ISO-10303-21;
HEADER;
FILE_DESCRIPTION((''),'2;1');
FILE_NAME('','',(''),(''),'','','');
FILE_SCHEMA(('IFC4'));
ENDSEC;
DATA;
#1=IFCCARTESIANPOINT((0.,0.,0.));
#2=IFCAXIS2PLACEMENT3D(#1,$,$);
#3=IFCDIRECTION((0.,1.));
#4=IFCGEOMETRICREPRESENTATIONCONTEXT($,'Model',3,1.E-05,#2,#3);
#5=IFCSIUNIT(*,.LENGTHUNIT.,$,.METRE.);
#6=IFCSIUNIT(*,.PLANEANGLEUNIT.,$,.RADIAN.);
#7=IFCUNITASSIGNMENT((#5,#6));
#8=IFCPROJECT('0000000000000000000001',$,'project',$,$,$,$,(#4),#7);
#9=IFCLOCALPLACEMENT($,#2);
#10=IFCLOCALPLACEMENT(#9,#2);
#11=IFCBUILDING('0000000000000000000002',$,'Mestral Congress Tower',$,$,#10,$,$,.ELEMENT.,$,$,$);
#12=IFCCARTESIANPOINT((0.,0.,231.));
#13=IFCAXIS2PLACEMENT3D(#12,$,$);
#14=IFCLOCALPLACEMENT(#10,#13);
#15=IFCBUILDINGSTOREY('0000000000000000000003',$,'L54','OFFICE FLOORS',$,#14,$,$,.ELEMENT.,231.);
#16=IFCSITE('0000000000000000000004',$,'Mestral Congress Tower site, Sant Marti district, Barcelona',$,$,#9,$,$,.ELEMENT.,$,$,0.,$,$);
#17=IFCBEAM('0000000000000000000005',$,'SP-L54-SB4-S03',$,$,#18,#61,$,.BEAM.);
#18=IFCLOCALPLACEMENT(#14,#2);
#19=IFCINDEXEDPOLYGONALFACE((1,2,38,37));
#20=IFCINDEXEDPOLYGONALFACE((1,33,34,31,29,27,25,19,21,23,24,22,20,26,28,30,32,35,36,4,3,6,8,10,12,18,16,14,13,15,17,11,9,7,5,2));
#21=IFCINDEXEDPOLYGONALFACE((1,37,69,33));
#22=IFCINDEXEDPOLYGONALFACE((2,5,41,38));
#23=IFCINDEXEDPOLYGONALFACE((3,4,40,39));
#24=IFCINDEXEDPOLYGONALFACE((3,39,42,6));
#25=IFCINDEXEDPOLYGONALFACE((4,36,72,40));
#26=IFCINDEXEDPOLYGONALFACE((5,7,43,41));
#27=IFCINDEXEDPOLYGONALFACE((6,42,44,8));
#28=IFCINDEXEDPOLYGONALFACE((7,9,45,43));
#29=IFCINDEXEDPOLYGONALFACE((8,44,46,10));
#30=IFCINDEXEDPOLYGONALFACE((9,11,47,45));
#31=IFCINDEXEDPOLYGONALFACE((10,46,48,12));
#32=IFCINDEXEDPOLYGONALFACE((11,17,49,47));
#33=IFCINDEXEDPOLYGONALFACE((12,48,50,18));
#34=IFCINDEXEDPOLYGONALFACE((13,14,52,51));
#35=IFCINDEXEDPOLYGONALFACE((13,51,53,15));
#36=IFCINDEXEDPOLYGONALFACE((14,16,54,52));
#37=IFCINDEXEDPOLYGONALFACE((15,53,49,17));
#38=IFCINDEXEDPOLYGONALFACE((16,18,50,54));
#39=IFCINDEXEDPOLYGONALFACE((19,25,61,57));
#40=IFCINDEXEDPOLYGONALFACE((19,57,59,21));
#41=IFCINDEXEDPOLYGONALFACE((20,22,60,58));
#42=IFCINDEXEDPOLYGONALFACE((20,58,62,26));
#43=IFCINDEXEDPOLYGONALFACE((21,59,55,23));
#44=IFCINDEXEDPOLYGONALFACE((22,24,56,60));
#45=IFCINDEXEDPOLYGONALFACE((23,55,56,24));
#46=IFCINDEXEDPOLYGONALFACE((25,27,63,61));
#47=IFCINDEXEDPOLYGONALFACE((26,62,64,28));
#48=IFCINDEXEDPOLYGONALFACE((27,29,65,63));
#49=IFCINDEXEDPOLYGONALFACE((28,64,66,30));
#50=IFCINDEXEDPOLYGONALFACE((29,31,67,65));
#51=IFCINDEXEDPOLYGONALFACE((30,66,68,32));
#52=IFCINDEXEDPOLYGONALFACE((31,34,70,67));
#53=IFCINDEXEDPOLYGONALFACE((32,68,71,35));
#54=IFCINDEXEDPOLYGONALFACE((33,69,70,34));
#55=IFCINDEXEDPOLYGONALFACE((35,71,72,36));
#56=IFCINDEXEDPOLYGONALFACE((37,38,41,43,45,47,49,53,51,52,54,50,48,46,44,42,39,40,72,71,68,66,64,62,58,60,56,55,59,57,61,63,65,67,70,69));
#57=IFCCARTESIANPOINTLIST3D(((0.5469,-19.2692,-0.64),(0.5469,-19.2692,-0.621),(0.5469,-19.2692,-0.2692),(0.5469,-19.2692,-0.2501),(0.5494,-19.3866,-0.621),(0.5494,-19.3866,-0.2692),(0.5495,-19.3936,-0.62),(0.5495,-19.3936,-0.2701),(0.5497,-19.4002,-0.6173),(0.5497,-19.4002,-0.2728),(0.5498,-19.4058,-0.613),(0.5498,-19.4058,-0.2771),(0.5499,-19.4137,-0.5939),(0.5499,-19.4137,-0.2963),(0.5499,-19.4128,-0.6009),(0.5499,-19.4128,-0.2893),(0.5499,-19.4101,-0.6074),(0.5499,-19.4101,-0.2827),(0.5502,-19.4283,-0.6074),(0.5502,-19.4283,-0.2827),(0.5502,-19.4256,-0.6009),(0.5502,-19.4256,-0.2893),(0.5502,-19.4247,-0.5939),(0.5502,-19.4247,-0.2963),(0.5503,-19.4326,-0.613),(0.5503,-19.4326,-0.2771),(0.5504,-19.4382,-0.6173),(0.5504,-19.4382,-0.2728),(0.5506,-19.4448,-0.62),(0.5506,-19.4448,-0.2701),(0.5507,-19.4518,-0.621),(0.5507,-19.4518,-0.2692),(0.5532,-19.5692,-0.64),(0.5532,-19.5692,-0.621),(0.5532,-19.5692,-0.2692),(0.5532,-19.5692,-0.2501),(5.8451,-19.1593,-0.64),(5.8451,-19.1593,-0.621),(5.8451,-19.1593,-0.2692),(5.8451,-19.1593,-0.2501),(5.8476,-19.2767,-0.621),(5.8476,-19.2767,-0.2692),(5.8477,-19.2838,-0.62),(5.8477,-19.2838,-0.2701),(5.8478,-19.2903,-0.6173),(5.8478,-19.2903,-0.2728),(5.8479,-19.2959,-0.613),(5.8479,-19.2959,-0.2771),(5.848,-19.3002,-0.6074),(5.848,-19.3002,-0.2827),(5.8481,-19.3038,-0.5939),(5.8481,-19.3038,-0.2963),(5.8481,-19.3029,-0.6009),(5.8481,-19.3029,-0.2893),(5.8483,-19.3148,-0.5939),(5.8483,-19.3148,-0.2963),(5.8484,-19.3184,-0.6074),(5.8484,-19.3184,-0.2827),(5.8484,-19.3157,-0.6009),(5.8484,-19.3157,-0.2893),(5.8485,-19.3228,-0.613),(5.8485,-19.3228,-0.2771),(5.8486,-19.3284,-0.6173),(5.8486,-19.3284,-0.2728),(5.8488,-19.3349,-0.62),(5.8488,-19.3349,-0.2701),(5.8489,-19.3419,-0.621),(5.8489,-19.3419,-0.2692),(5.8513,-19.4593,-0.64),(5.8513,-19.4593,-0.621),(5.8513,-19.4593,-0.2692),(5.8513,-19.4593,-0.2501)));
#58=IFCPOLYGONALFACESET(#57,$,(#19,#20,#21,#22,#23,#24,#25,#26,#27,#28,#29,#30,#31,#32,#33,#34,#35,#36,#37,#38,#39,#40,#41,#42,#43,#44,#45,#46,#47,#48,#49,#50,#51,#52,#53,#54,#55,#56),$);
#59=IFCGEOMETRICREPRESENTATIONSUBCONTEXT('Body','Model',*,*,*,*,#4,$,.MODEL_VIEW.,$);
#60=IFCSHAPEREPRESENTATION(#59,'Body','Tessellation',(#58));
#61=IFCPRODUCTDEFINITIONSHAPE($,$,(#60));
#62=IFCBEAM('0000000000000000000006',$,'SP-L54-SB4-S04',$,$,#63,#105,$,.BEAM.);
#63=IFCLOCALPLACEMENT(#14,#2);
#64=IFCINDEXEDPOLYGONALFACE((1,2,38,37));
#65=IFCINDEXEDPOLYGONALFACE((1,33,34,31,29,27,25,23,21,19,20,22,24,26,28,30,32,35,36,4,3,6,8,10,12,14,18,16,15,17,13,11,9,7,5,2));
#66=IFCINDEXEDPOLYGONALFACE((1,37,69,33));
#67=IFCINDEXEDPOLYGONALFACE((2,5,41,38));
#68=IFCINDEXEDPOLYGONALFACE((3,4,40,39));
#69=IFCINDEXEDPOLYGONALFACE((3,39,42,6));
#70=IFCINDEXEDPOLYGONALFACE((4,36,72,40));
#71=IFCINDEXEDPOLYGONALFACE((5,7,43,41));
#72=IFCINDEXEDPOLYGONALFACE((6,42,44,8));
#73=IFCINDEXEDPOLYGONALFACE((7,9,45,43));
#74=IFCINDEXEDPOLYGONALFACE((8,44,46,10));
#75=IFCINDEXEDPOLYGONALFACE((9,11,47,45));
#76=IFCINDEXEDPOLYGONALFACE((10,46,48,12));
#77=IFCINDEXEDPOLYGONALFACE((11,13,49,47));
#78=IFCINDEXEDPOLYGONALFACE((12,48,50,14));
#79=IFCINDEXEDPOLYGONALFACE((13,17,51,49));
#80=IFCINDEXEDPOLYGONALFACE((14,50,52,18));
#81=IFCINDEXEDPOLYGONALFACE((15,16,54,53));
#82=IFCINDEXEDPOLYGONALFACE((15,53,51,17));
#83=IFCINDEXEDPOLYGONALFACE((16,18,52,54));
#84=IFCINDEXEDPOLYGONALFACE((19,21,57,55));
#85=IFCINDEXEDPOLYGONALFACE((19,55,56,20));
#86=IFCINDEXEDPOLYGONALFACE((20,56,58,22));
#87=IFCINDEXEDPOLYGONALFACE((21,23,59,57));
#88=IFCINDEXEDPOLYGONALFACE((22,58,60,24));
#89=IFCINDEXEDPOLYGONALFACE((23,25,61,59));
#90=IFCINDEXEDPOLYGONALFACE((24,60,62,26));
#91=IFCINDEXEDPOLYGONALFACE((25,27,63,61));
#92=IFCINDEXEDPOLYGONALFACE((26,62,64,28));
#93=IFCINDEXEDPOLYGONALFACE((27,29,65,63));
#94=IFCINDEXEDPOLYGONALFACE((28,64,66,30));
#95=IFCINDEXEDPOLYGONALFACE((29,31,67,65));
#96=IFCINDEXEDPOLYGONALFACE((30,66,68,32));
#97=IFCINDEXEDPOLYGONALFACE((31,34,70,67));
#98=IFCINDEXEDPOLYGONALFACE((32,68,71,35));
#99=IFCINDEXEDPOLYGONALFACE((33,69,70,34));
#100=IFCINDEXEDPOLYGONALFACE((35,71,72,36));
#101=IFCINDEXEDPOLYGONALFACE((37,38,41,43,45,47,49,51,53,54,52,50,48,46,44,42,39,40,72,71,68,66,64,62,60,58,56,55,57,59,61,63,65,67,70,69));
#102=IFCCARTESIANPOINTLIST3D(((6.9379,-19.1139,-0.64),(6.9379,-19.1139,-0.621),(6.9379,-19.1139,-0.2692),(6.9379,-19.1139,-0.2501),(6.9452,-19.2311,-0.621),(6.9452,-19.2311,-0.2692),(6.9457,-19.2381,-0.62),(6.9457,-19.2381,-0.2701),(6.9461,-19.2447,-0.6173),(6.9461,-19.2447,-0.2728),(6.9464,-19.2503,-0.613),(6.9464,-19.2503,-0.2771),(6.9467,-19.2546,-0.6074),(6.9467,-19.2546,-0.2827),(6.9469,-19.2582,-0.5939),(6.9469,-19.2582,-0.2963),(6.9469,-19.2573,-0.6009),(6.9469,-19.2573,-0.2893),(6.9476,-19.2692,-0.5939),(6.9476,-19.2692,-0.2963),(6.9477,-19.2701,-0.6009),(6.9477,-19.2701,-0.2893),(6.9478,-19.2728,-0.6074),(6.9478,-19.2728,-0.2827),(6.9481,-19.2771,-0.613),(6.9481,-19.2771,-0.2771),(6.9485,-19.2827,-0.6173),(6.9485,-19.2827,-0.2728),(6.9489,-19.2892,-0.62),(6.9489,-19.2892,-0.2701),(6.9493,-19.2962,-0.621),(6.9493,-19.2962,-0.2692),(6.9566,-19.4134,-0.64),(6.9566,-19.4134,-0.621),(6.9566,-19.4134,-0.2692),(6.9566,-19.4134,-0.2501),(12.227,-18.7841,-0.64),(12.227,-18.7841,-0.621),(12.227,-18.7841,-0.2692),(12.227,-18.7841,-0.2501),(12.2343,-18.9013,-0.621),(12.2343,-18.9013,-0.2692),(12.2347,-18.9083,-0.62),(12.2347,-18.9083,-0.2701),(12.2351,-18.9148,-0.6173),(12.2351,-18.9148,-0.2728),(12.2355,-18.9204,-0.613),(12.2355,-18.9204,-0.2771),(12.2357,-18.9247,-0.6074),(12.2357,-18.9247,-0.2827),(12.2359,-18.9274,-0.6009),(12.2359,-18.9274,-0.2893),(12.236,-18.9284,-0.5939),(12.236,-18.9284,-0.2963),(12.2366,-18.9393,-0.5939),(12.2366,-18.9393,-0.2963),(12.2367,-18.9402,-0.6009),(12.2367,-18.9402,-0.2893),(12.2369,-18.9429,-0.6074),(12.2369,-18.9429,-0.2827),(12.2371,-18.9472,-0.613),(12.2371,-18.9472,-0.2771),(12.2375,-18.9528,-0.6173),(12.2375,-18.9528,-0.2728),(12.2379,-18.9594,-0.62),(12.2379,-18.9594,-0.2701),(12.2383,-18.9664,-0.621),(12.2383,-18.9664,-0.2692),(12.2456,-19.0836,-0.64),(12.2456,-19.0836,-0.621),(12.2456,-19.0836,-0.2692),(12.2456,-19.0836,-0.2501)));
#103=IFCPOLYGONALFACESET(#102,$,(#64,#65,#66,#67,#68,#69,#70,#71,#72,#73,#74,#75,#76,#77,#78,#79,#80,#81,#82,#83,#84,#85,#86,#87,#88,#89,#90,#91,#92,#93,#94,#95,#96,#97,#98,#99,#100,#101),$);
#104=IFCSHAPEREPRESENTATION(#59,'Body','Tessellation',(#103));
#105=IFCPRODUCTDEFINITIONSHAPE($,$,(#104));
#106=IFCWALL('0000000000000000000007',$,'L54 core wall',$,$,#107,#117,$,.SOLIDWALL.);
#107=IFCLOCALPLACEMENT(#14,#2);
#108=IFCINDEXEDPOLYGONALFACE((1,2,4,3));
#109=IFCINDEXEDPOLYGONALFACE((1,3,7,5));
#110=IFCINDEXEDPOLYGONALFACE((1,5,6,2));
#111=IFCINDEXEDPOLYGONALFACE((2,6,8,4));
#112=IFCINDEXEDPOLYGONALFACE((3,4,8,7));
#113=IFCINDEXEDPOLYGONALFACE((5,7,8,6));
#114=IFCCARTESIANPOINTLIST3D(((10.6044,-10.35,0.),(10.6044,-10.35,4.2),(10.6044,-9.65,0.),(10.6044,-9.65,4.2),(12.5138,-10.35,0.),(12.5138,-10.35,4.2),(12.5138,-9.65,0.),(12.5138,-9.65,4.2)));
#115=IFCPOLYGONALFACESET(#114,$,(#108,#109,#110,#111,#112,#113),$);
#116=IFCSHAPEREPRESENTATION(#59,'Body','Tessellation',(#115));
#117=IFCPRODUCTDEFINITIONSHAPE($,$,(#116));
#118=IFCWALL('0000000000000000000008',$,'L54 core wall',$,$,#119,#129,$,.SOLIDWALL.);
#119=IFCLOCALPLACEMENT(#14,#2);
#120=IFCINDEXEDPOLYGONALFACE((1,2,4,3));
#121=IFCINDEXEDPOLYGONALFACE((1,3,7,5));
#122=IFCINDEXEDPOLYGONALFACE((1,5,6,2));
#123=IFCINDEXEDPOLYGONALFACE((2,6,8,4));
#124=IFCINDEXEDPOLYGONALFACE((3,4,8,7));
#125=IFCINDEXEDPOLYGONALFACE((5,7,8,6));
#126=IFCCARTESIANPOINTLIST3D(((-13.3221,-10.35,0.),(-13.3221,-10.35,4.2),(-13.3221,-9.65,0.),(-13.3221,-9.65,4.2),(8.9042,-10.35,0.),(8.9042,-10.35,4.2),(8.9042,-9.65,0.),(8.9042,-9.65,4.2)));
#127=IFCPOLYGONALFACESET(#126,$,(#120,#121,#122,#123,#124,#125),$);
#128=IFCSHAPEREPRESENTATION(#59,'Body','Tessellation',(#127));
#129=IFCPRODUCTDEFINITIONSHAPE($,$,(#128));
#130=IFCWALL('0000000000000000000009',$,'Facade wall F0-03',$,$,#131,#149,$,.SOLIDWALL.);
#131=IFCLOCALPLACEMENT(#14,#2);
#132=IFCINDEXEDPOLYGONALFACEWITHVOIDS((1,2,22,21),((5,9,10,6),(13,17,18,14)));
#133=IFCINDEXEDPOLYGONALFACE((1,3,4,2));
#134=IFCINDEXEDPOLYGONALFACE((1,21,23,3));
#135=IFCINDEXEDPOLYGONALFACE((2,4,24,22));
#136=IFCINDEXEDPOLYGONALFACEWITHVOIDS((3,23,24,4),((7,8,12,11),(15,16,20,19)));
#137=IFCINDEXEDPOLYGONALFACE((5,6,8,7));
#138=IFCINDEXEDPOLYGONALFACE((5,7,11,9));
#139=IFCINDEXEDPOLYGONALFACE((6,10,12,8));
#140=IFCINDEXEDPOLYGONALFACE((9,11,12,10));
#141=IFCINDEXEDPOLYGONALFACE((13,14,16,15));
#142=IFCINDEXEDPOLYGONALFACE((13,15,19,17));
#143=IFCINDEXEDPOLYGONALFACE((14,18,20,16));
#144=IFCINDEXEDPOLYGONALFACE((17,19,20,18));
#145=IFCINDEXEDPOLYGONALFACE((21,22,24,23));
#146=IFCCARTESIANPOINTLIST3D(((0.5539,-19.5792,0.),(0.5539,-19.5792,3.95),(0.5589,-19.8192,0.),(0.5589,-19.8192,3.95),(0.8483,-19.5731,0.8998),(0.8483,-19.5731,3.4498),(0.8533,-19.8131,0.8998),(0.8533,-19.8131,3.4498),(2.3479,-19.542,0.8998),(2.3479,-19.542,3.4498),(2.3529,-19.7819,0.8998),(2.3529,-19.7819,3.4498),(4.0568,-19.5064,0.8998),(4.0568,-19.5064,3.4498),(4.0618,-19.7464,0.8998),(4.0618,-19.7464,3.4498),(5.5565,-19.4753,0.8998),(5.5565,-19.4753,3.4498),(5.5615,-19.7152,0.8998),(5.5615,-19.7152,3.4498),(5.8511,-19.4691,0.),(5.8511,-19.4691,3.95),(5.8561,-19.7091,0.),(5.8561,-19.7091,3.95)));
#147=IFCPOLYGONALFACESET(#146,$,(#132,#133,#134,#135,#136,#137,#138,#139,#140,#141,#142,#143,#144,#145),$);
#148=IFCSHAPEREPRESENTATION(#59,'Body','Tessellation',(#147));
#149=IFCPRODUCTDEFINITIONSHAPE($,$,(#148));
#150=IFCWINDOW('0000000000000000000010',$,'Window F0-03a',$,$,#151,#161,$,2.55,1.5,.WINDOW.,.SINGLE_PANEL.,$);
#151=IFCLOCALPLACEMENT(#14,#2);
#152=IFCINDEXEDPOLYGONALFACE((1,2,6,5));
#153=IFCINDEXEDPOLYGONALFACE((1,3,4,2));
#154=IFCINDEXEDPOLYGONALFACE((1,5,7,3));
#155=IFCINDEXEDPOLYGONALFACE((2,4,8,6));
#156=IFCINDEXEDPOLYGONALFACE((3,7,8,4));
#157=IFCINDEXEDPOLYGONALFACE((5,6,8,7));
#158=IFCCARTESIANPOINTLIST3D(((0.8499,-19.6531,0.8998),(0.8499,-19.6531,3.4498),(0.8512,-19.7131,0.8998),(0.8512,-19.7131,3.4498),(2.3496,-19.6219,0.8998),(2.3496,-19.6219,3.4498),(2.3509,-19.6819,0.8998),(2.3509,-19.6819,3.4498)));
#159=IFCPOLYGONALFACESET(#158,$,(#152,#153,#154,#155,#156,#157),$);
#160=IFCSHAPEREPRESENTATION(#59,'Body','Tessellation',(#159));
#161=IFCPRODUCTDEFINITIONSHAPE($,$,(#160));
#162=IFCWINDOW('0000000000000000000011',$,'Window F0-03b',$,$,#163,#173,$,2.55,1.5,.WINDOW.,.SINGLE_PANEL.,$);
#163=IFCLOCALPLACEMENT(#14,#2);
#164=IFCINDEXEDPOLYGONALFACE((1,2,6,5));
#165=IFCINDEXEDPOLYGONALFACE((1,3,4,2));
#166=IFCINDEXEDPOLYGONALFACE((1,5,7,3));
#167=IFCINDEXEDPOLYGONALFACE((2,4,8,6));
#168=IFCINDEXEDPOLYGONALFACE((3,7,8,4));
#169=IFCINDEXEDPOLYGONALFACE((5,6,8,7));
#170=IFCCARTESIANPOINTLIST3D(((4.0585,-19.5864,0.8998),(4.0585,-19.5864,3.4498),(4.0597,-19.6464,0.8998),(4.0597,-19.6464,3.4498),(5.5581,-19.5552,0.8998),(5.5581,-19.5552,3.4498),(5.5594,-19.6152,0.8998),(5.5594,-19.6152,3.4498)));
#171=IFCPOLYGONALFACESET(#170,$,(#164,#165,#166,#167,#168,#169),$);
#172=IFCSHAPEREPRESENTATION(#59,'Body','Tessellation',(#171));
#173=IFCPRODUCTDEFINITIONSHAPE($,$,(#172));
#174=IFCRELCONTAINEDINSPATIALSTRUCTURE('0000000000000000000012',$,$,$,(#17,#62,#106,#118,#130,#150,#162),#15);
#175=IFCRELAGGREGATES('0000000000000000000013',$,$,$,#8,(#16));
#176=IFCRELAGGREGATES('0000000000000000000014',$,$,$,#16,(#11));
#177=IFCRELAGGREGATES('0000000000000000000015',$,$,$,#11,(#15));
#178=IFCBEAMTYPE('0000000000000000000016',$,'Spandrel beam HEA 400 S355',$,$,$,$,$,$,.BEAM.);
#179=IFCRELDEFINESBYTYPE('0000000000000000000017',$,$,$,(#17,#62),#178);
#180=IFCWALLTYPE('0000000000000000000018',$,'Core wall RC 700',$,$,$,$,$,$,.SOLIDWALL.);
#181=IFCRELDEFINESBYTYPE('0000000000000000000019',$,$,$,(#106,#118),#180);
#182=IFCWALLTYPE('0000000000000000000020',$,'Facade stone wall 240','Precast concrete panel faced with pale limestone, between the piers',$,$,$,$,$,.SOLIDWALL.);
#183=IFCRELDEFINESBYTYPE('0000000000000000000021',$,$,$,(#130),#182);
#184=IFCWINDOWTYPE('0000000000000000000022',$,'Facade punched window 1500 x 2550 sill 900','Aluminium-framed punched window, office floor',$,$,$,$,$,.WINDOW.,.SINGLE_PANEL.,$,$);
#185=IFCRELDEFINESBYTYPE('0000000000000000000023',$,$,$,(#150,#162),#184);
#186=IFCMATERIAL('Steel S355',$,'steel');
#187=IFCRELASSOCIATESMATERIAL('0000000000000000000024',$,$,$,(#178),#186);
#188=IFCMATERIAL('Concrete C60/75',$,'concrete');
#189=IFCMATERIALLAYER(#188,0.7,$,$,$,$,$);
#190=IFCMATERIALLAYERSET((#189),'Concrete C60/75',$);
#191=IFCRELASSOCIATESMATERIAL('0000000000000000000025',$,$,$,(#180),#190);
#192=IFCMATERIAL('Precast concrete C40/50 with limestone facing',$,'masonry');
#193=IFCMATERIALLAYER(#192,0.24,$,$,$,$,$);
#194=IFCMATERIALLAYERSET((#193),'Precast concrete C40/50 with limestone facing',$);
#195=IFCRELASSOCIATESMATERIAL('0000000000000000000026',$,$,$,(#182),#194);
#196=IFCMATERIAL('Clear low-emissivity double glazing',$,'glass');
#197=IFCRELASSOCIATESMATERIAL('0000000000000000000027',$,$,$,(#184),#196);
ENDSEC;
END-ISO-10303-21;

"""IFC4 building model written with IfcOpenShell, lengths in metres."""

from ifc_helpers import new_model, si_unit, direction, frame, frame_2d, origin, origin_2d, place, context, subcontext, project, spatial, rectangle, i_section, extrude, material, layer, layer_set, material_profile, profile_set, type_object, element, fill, save


model = new_model("IFC4")

# Units and contexts
model_context = context("Model", 3, precision=1e-05, world=origin(), true_north=direction((0.0, 1.0)))
body_context = subcontext(model_context, "Body", "Model", "MODEL_VIEW")
ifc_project = project(units=[si_unit("LENGTHUNIT", "METRE"), si_unit("PLANEANGLEUNIT", "RADIAN")], contexts=[model_context])

# Site, building, storey
site_placement = place(None, origin())
site = spatial("IfcSite", under=ifc_project, at=site_placement, Name="Mestral Congress Tower site, Sant Marti district, Barcelona", CompositionType="ELEMENT", RefElevation=0.0)
building_placement = place(site_placement, origin())
building = spatial("IfcBuilding", under=site, at=building_placement, Name="Mestral Congress Tower", CompositionType="ELEMENT")
storey_placement = place(building_placement, frame((0.0, 0.0, 231.0)))
storey = spatial("IfcBuildingStorey", under=building, at=storey_placement, Name="L54", Description="OFFICE FLOORS", CompositionType="ELEMENT", Elevation=231.0)

# Shared definitions
ifc_material_1 = material(Name="Concrete C60/75", Category="concrete")

# Beams
ifc_material_2 = material(Name="Steel S355", Category="steel")
ifc_material_profile_1 = material_profile(ifc_material_2, i_section(OverallWidth=0.3, OverallDepth=0.3899, WebThickness=0.011, FlangeThickness=0.019, FilletRadius=0.0271, at=origin_2d()), Name="HEA 400")
ifc_profile_set_1 = profile_set([ifc_material_profile_1], Name="Steel S355")
beam_type_1 = type_object("IfcBeamType", Name="Spandrel beam HEA 400 S355", PredefinedType="BEAM", material=ifc_profile_set_1)
for number, where, z_axis, x_axis, name in (
    (1, (0.55, -19.4192, -0.4451), (0.999785, 0.020732, 0.0), (-0.020732, 0.999785, 0.0), "SP-L54-SB4-S03"),
    (2, (6.9473, -19.2637, -0.4451), (0.998061, 0.062241, 0.0), (-0.062241, 0.998061, 0.0), "SP-L54-SB4-S04"),
):
    element("IfcBeam", number, at=place(storey_placement, frame(where, z_axis=z_axis, x_axis=x_axis)), inside=storey, type_object=beam_type_1, Name=name, PredefinedType="BEAM", context=body_context, shape_type="SweptSolid", body=[
        extrude(i_section(OverallWidth=0.3, OverallDepth=0.3899, WebThickness=0.011, FlangeThickness=0.019, FilletRadius=0.0271, at=origin_2d()), origin(), (0.0, 0.0, 1.0), 5.2993),
    ])

# Walls
ifc_layer_1 = layer(ifc_material_1, 0.7)
ifc_layer_set_1 = layer_set([ifc_layer_1], Name="Concrete C60/75")
wall_type_1 = type_object("IfcWallType", Name="Core wall RC 700", PredefinedType="SOLIDWALL", material=ifc_layer_set_1)
wall_1_placement = place(storey_placement, frame((10.6045, -10.0, 0.0), z_axis=(0.0, 0.0, 1.0), x_axis=(1.0, 0.0, 0.0)))
element("IfcWall", 3, at=wall_1_placement, inside=storey, type_object=wall_type_1, Name="L54 core wall", PredefinedType="SOLIDWALL", context=body_context, shape_type="SweptSolid", body=[
    extrude(rectangle(XDim=1.9094, YDim=0.7, at=frame_2d((0.9546, 0.0))), origin(), (0.0, 0.0, 1.0), 4.2),
])
wall_2_placement = place(storey_placement, frame((8.9043, -10.0, 0.0), z_axis=(0.0, 0.0, 1.0), x_axis=(-1.0, 0.0, 0.0)))
element("IfcWall", 4, at=wall_2_placement, inside=storey, type_object=wall_type_1, Name="L54 core wall", PredefinedType="SOLIDWALL", context=body_context, shape_type="SweptSolid", body=[
    extrude(rectangle(XDim=22.2263, YDim=0.7, at=frame_2d((11.1133, 0.0))), origin(), (0.0, 0.0, 1.0), 4.2),
])

# Wall, openings, windows
ifc_material_3 = material(Name="Precast concrete C40/50 with limestone facing", Category="masonry")
ifc_layer_2 = layer(ifc_material_3, 0.24)
ifc_layer_set_2 = layer_set([ifc_layer_2], Name="Precast concrete C40/50 with limestone facing")
wall_type_2 = type_object("IfcWallType", Name="Facade stone wall 240", Description="Precast concrete panel faced with pale limestone, between the piers", PredefinedType="SOLIDWALL", material=ifc_layer_set_2)
wall_3_placement = place(storey_placement, frame((0.5564, -19.6992, 0.0), z_axis=(0.0, 0.0, 1.0), x_axis=(0.999784, 0.020782, 0.0)))
wall_3 = element("IfcWall", 5, at=wall_3_placement, inside=storey, type_object=wall_type_2, Name="Facade wall F0-03", PredefinedType="SOLIDWALL", context=body_context, shape_type="SweptSolid", body=[
    extrude(rectangle(XDim=5.2983, YDim=0.24, at=frame_2d((2.6492, 0.0))), origin(), (0.0, 0.0, 1.0), 3.95),
])
opening_1_placement = place(wall_3_placement, frame((0.2944, 0.0, 0.8999)))
opening_1 = element("IfcOpeningElement", 6, at=opening_1_placement, cuts=wall_3, PredefinedType="OPENING", context=body_context, shape_type="SweptSolid", body=[
    extrude(rectangle(XDim=1.5, YDim=2.55, at=frame_2d((0.75, 1.2749))), frame((0.0, 0.1299, 0.0), z_axis=(0.0, -1.0, 0.0), x_axis=(1.0, 0.0, 0.0)), (0.0, 0.0, 1.0), 0.26),
])
opening_2_placement = place(wall_3_placement, frame((3.5037, 0.0, 0.8999)))
opening_2 = element("IfcOpeningElement", 7, at=opening_2_placement, cuts=wall_3, PredefinedType="OPENING", context=body_context, shape_type="SweptSolid", body=[
    extrude(rectangle(XDim=1.5, YDim=2.55, at=frame_2d((0.75, 1.2749))), frame((0.0, 0.1299, 0.0), z_axis=(0.0, -1.0, 0.0), x_axis=(1.0, 0.0, 0.0)), (0.0, 0.0, 1.0), 0.26),
])
ifc_material_4 = material(Name="Clear low-emissivity double glazing", Category="glass")
window_type = type_object("IfcWindowType", Name="Facade punched window 1500 x 2550 sill 900", Description="Aluminium-framed punched window, office floor", PartitioningType="SINGLE_PANEL", PredefinedType="WINDOW", material=ifc_material_4)
window_1_placement = place(opening_1_placement, origin())
window_1 = element("IfcWindow", 8, at=window_1_placement, inside=storey, type_object=window_type, Name="Window F0-03a", OverallHeight=2.55, OverallWidth=1.5, PartitioningType="SINGLE_PANEL", PredefinedType="WINDOW", context=body_context, shape_type="SweptSolid", body=[
    extrude(rectangle(XDim=1.5, YDim=2.55, at=frame_2d((0.75, 1.2749))), frame((0.0, 0.04, 0.0), z_axis=(0.0, -1.0, 0.0), x_axis=(1.0, 0.0, 0.0)), (0.0, 0.0, 1.0), 0.0601),
])
fill(opening_1, window_1)
window_2_placement = place(opening_2_placement, origin())
window_2 = element("IfcWindow", 9, at=window_2_placement, inside=storey, type_object=window_type, Name="Window F0-03b", OverallHeight=2.55, OverallWidth=1.5, PartitioningType="SINGLE_PANEL", PredefinedType="WINDOW", context=body_context, shape_type="SweptSolid", body=[
    extrude(rectangle(XDim=1.5, YDim=2.55, at=frame_2d((0.75, 1.2749))), frame((0.0, 0.04, 0.0), z_axis=(0.0, -1.0, 0.0), x_axis=(1.0, 0.0, 0.0)), (0.0, 0.0, 1.0), 0.0601),
])
fill(opening_2, window_2)

save(model, "model.ifc")
